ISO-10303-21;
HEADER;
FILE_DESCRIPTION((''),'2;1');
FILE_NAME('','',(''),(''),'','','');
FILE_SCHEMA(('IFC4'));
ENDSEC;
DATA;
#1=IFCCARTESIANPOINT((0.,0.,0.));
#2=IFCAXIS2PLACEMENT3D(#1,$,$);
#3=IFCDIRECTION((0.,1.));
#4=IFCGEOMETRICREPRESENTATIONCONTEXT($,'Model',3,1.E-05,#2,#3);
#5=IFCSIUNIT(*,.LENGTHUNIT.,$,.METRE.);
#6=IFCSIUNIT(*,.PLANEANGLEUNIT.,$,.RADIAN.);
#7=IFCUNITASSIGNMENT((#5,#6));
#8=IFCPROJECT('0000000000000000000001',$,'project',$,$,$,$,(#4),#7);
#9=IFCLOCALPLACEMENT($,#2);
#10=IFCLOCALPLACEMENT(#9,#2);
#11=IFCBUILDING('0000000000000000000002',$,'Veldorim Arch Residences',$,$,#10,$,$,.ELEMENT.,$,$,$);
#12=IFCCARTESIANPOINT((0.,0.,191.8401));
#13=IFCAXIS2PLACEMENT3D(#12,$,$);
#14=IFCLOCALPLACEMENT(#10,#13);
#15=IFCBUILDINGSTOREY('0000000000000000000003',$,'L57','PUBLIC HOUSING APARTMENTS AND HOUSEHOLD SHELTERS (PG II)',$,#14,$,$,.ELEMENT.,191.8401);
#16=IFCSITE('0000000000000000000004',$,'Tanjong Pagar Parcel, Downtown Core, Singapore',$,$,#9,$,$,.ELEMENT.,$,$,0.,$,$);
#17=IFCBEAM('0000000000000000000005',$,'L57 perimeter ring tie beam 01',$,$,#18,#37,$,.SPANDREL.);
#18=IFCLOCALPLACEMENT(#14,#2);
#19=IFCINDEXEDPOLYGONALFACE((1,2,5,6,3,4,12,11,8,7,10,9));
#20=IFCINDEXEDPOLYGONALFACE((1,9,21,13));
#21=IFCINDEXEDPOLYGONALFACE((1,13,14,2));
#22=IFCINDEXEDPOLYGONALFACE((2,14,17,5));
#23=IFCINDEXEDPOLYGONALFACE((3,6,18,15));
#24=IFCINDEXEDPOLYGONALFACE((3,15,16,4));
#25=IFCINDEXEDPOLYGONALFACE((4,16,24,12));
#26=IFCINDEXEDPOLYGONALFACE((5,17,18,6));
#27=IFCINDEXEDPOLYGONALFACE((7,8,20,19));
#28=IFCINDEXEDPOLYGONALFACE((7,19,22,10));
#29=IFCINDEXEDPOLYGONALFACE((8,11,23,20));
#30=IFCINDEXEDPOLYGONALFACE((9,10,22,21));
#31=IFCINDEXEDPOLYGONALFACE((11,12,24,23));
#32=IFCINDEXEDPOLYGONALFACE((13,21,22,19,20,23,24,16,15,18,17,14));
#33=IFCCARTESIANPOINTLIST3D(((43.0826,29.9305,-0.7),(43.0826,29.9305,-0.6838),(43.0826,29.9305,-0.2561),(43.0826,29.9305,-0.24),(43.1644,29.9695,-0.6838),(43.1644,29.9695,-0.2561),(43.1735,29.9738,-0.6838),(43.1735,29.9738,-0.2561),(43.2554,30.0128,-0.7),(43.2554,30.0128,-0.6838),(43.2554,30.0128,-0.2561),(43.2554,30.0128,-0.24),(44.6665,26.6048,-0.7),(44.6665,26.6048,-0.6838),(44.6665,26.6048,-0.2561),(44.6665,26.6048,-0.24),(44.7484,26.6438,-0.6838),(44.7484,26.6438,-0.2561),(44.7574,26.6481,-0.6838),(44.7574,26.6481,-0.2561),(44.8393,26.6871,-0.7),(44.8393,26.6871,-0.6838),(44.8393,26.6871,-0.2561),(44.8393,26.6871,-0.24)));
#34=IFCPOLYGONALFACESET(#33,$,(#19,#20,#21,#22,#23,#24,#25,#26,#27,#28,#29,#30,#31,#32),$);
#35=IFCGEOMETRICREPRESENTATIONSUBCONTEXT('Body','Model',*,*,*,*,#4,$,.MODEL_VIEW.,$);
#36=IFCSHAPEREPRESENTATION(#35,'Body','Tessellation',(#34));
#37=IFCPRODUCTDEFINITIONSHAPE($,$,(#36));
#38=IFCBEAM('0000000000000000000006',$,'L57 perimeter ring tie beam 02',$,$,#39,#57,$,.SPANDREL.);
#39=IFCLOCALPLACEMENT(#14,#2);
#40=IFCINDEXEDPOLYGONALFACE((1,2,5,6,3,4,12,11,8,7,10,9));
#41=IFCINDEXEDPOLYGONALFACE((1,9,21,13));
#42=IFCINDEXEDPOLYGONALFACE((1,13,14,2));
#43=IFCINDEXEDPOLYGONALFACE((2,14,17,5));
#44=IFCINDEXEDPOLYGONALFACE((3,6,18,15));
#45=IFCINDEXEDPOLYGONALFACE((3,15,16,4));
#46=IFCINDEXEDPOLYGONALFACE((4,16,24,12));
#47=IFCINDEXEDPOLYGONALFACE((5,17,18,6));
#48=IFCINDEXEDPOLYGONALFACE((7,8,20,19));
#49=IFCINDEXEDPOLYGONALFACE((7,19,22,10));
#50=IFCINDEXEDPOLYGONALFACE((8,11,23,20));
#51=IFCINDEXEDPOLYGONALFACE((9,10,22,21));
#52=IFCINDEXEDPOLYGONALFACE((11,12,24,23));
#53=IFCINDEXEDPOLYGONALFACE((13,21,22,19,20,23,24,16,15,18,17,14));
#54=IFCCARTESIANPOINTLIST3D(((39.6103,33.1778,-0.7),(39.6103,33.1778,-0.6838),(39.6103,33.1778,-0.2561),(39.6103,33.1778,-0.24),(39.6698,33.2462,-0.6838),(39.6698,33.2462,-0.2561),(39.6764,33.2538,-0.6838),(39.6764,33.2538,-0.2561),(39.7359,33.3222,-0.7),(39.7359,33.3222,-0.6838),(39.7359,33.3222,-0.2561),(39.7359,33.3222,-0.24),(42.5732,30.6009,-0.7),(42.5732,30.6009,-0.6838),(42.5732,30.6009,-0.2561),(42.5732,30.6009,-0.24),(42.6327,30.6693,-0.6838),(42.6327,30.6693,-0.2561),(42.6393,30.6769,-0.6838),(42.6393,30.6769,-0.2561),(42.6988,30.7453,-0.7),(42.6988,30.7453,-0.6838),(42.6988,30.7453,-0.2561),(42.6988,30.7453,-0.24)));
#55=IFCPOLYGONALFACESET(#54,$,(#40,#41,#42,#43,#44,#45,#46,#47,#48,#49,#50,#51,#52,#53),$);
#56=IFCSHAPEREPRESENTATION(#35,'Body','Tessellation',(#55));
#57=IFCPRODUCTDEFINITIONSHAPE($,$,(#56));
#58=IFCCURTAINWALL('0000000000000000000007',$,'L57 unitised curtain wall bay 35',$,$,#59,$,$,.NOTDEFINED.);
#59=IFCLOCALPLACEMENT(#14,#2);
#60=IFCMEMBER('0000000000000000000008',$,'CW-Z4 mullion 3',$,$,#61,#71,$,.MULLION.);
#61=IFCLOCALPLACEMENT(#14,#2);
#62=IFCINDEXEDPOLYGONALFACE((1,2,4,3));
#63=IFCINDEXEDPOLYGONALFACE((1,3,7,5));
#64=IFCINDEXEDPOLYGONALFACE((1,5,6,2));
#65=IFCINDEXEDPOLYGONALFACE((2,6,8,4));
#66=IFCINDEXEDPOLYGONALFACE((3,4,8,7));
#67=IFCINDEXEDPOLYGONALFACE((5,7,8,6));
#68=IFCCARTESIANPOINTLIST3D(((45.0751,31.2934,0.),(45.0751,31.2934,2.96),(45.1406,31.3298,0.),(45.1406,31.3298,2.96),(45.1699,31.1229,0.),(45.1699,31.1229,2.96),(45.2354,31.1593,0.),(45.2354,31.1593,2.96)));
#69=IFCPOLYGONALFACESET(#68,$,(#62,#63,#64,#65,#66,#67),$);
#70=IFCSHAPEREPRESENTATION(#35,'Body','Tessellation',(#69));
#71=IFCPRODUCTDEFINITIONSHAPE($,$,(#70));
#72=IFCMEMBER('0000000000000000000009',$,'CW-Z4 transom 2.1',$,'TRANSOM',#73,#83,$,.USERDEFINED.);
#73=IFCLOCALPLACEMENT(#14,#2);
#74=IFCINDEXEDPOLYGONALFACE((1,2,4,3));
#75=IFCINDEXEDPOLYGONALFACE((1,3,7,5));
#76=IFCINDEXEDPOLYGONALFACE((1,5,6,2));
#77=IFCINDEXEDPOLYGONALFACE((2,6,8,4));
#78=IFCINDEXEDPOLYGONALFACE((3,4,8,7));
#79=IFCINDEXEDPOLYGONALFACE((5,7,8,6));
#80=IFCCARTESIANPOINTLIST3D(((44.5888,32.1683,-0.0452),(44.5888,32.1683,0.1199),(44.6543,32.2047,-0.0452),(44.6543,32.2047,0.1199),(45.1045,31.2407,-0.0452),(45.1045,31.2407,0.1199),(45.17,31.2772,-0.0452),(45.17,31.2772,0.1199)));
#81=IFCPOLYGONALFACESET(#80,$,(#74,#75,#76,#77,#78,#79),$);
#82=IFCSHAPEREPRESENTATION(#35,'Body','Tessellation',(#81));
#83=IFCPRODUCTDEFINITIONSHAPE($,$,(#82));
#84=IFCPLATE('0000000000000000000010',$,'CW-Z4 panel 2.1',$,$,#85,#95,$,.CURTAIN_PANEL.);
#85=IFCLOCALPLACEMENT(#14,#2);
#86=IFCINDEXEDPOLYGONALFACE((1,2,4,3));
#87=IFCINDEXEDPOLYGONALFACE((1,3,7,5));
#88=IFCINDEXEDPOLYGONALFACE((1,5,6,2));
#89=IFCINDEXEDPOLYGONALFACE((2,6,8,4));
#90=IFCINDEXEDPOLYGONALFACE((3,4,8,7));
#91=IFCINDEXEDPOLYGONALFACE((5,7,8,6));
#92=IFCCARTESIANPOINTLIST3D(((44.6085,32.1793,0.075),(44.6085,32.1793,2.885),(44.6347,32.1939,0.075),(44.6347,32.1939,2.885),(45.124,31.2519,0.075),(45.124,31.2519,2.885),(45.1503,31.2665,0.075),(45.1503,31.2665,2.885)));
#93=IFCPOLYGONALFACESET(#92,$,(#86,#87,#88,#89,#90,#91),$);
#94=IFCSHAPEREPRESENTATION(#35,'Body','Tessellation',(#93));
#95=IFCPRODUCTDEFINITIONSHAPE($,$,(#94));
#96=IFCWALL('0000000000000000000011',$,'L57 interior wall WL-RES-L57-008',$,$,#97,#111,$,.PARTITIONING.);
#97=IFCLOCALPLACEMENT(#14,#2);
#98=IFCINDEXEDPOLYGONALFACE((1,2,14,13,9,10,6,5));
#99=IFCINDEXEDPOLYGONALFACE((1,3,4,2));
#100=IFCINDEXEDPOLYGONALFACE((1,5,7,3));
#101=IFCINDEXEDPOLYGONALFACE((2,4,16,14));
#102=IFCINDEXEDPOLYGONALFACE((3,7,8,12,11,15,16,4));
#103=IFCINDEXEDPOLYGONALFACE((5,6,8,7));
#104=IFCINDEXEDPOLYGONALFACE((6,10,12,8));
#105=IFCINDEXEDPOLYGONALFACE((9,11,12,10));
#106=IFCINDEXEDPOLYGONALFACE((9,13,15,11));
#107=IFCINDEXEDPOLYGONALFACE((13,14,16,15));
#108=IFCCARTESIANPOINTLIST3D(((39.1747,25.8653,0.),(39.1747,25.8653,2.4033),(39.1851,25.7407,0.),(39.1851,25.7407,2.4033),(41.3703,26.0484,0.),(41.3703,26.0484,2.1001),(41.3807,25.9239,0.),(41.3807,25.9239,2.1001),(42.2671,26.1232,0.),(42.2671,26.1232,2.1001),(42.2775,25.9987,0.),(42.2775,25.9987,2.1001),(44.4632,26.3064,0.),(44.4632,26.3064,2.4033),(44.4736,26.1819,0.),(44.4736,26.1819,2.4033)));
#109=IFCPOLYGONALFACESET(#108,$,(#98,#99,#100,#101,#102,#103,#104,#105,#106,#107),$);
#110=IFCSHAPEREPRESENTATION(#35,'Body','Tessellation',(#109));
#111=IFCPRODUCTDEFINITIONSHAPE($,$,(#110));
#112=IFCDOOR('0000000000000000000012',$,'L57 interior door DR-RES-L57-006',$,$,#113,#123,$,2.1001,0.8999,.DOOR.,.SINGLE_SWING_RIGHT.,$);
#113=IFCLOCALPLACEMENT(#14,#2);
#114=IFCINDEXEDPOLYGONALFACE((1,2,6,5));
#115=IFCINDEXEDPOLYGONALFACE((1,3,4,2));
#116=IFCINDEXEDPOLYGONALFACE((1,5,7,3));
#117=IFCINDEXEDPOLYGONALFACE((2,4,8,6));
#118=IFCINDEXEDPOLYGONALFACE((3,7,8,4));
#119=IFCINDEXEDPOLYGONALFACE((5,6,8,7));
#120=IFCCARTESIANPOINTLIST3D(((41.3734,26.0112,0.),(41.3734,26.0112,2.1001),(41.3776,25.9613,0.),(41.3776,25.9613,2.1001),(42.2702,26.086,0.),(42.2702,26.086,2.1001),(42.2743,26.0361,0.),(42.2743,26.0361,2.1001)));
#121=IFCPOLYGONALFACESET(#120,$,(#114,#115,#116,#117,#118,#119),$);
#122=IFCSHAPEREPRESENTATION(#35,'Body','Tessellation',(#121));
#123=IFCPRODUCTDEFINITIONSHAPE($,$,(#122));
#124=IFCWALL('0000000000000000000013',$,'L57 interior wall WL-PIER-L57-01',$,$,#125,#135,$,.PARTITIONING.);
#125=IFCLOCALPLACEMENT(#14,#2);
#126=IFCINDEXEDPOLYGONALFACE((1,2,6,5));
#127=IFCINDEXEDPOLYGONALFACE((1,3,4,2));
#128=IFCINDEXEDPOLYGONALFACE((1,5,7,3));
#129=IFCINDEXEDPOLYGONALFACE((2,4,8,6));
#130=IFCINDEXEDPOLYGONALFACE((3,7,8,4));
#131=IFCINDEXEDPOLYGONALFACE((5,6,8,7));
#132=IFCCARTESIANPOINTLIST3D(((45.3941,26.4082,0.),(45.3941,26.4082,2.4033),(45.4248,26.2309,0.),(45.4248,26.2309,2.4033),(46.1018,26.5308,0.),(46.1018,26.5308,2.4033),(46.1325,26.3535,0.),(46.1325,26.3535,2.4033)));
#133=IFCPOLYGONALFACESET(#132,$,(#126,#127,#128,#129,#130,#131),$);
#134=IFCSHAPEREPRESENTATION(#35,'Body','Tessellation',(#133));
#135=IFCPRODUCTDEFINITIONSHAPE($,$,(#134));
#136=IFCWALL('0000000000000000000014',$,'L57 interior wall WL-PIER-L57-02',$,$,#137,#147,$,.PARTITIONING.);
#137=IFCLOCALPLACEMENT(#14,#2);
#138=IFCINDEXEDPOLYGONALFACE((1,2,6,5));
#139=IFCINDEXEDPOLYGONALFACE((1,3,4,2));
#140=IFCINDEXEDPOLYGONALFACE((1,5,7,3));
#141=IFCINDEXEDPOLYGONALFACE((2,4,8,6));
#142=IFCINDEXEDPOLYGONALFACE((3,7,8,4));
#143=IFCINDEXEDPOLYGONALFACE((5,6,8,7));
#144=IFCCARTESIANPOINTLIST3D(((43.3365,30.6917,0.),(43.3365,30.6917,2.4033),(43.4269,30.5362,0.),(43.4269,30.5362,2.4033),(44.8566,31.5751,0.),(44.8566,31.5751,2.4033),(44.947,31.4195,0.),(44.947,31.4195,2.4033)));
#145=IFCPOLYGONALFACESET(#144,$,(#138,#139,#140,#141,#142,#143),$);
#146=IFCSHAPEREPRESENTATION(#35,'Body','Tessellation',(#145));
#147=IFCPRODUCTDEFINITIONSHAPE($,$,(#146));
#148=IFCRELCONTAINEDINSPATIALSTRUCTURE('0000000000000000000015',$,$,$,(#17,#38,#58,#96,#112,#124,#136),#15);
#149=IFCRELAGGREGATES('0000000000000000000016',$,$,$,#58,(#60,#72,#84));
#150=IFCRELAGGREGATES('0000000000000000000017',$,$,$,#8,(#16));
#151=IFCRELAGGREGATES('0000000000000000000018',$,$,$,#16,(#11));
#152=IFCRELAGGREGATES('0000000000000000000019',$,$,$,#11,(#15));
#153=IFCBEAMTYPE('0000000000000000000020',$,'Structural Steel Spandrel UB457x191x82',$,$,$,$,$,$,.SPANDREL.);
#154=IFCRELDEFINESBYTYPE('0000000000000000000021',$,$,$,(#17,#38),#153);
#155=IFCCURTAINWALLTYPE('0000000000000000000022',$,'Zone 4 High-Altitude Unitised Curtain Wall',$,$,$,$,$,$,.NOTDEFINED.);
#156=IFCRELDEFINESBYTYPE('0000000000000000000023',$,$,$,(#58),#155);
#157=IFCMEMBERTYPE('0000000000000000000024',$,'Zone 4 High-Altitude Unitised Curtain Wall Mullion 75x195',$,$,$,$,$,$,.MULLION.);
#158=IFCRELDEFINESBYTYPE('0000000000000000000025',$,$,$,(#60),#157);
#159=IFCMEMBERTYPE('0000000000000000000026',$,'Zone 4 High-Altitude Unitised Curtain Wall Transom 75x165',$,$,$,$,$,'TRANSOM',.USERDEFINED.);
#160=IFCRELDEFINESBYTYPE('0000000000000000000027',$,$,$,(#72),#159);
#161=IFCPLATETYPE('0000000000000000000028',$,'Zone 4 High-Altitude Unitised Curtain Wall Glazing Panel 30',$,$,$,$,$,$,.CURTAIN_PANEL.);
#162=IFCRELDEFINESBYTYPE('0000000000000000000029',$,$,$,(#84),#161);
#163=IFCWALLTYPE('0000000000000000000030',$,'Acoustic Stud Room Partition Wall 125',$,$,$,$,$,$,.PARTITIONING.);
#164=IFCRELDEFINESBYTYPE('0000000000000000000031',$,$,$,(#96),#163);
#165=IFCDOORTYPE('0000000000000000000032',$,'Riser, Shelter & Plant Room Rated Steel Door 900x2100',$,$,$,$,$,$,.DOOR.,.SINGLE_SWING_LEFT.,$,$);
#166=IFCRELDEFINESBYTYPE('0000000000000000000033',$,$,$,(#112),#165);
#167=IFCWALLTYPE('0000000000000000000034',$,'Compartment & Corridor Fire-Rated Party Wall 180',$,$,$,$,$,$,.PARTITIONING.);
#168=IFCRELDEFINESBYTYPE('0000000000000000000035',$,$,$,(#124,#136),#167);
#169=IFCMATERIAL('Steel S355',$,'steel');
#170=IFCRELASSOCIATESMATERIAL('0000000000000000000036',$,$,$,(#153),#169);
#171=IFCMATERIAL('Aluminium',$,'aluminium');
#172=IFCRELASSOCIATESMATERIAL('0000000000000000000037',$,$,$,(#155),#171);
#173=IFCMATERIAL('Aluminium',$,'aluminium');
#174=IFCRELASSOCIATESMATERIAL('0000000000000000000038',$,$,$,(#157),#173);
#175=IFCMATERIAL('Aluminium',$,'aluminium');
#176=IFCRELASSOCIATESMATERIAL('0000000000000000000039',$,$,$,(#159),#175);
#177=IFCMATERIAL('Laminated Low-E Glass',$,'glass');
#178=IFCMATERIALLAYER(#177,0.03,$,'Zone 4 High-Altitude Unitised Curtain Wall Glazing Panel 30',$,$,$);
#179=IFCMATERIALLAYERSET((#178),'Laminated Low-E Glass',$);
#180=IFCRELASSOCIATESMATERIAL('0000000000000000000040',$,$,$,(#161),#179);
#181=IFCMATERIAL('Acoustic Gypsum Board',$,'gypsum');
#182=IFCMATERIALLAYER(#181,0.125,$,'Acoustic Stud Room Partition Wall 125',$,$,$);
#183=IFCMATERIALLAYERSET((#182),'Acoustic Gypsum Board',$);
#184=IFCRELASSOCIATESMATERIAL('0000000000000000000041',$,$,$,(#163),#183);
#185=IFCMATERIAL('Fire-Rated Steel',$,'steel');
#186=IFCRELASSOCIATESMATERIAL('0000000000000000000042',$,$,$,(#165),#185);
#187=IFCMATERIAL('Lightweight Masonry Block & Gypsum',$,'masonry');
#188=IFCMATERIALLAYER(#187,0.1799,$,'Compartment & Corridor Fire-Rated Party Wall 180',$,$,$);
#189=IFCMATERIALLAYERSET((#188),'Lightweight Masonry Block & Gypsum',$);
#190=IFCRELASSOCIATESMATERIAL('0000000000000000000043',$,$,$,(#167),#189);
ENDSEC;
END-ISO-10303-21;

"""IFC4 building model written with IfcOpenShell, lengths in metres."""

from ifc_helpers import new_model, si_unit, direction, frame, frame_2d, origin, origin_2d, place, context, subcontext, project, spatial, rectangle, i_section, extrude, material, layer, layer_set, material_profile, profile_set, type_object, element, fill, aggregate, save


model = new_model("IFC4")

# Units and contexts
model_context = context("Model", 3, precision=1e-05, world=origin(), true_north=direction((0.0, 1.0)))
body_context = subcontext(model_context, "Body", "Model", "MODEL_VIEW")
ifc_project = project(units=[si_unit("LENGTHUNIT", "METRE"), si_unit("PLANEANGLEUNIT", "RADIAN")], contexts=[model_context])

# Site, building, storey
site_placement = place(None, origin())
site = spatial("IfcSite", under=ifc_project, at=site_placement, Name="Tanjong Pagar Parcel, Downtown Core, Singapore", CompositionType="ELEMENT", RefElevation=0.0)
building_placement = place(site_placement, origin())
building = spatial("IfcBuilding", under=site, at=building_placement, Name="Veldorim Arch Residences", CompositionType="ELEMENT")
storey_placement = place(building_placement, frame((0.0, 0.0, 191.8401)))
storey = spatial("IfcBuildingStorey", under=building, at=storey_placement, Name="L57", Description="PUBLIC HOUSING APARTMENTS AND HOUSEHOLD SHELTERS (PG II)", CompositionType="ELEMENT", Elevation=191.8401)

# Beams
ifc_material_1 = material(Name="Steel S355", Category="steel")
ifc_material_profile_1 = material_profile(ifc_material_1, i_section(OverallWidth=0.1914, OverallDepth=0.46, WebThickness=0.01, FlangeThickness=0.0161, at=origin_2d()), Name="UB457x191x82")
ifc_profile_set_1 = profile_set([ifc_material_profile_1], Name="Steel S355")
beam_type_1 = type_object("IfcBeamType", Name="Structural Steel Spandrel UB457x191x82", PredefinedType="SPANDREL", material=ifc_profile_set_1)
beam_1_placement = place(storey_placement, frame((44.7529, 26.646, -0.47), z_axis=(-0.430006, 0.902826, 0.0), x_axis=(-0.902826, -0.430006, 0.0)))
element("IfcBeam", 1, at=beam_1_placement, inside=storey, type_object=beam_type_1, Name="L57 perimeter ring tie beam 01", PredefinedType="SPANDREL", context=body_context, shape_type="SweptSolid", body=[
    extrude(i_section(OverallWidth=0.1914, OverallDepth=0.46, WebThickness=0.01, FlangeThickness=0.0161, at=origin_2d()), origin(), (0.0, 0.0, 1.0), 3.6836),
])
beam_2_placement = place(storey_placement, frame((42.636, 30.6731, -0.47), z_axis=(-0.754545, 0.656248, 0.0), x_axis=(-0.656248, -0.754545, 0.0)))
element("IfcBeam", 2, at=beam_2_placement, inside=storey, type_object=beam_type_1, Name="L57 perimeter ring tie beam 02", PredefinedType="SPANDREL", context=body_context, shape_type="SweptSolid", body=[
    extrude(i_section(OverallWidth=0.1914, OverallDepth=0.46, WebThickness=0.01, FlangeThickness=0.0161, at=origin_2d()), origin(), (0.0, 0.0, 1.0), 3.9268),
])

# Curtain wall, members, plate
ifc_material_2 = material(Name="Aluminium", Category="aluminium")
curtain_wall_type = type_object("IfcCurtainWallType", Name="Zone 4 High-Altitude Unitised Curtain Wall", PredefinedType="NOTDEFINED", material=ifc_material_2)
curtain_wall_placement = place(storey_placement, origin())
curtain_wall = element("IfcCurtainWall", 3, at=curtain_wall_placement, inside=storey, type_object=curtain_wall_type, Name="L57 unitised curtain wall bay 35", PredefinedType="NOTDEFINED")
ifc_material_3 = material(Name="Aluminium", Category="aluminium")
ifc_material_profile_2 = material_profile(ifc_material_3, rectangle(XDim=0.075, YDim=0.1951, at=origin_2d()), Name="ALU_MUL_75x195")
ifc_profile_set_2 = profile_set([ifc_material_profile_2], Name="Aluminium")
member_type_1 = type_object("IfcMemberType", Name="Zone 4 High-Altitude Unitised Curtain Wall Mullion 75x195", PredefinedType="MULLION", material=ifc_profile_set_2)
member_1_placement = place(storey_placement, frame((45.1553, 31.2263, 0.0), z_axis=(0.0, 0.0, 1.0), x_axis=(0.874023, 0.485885, 0.0)))
member_1 = element("IfcMember", 4, at=member_1_placement, type_object=member_type_1, Name="CW-Z4 mullion 3", PredefinedType="MULLION", context=body_context, shape_type="SweptSolid", body=[
    extrude(rectangle(XDim=0.075, YDim=0.1951, at=origin_2d()), origin(), (0.0, 0.0, 1.0), 2.96),
])
ifc_material_4 = material(Name="Aluminium", Category="aluminium")
ifc_material_profile_3 = material_profile(ifc_material_4, rectangle(XDim=0.075, YDim=0.165, at=origin_2d()), Name="ALU_TRN_75x165")
ifc_profile_set_3 = profile_set([ifc_material_profile_3], Name="Aluminium")
member_type_2 = type_object("IfcMemberType", Name="Zone 4 High-Altitude Unitised Curtain Wall Transom 75x165", ElementType="TRANSOM", PredefinedType="USERDEFINED", material=ifc_profile_set_3)
member_2_placement = place(storey_placement, frame((44.6216, 32.1865, 0.0374), z_axis=(0.485897, -0.874016, 0.0), x_axis=(0.874016, 0.485897, 0.0)))
member_2 = element("IfcMember", 5, at=member_2_placement, type_object=member_type_2, Name="CW-Z4 transom 2.1", ObjectType="TRANSOM", PredefinedType="USERDEFINED", context=body_context, shape_type="SweptSolid", body=[
    extrude(rectangle(XDim=0.075, YDim=0.165, at=origin_2d()), origin(), (0.0, 0.0, 1.0), 1.0613),
])
ifc_material_5 = material(Name="Laminated Low-E Glass", Category="glass")
ifc_layer_1 = layer(ifc_material_5, 0.03, Name="Zone 4 High-Altitude Unitised Curtain Wall Glazing Panel 30")
ifc_layer_set_1 = layer_set([ifc_layer_1], Name="Laminated Low-E Glass")
plate_type = type_object("IfcPlateType", Name="Zone 4 High-Altitude Unitised Curtain Wall Glazing Panel 30", PredefinedType="CURTAIN_PANEL", material=ifc_layer_set_1)
plate_placement = place(storey_placement, frame((44.8794, 31.7229, 0.075), z_axis=(0.0, 0.0, 1.0), x_axis=(0.485885, -0.874023, 0.0)))
plate = element("IfcPlate", 6, at=plate_placement, type_object=plate_type, Name="CW-Z4 panel 2.1", PredefinedType="CURTAIN_PANEL", context=body_context, shape_type="SweptSolid", body=[
    extrude(rectangle(XDim=1.061, YDim=0.03, at=origin_2d()), origin(), (0.0, 0.0, 1.0), 2.8101),
])
aggregate(curtain_wall, [member_1, member_2, plate])

# Wall, opening, door
ifc_material_6 = material(Name="Acoustic Gypsum Board", Category="gypsum")
ifc_layer_2 = layer(ifc_material_6, 0.125, Name="Acoustic Stud Room Partition Wall 125")
ifc_layer_set_2 = layer_set([ifc_layer_2], Name="Acoustic Gypsum Board")
wall_type_1 = type_object("IfcWallType", Name="Acoustic Stud Room Partition Wall 125", PredefinedType="PARTITIONING", material=ifc_layer_set_2)
wall_1_placement = place(storey_placement, frame((44.4683, 26.2441, 0.0), z_axis=(0.0, 0.0, 1.0), x_axis=(-0.996539, -0.083129, 0.0)))
wall_1 = element("IfcWall", 7, at=wall_1_placement, inside=storey, type_object=wall_type_1, Name="L57 interior wall WL-RES-L57-008", PredefinedType="PARTITIONING", context=body_context, shape_type="SweptSolid", body=[
    extrude(rectangle(XDim=5.3069, YDim=0.125, at=frame_2d((2.6533, 0.0))), origin(), (0.0, 0.0, 1.0), 2.4033),
])
opening_1_placement = place(wall_1_placement, frame((2.2036, 0.0, 0.0)))
opening_1 = element("IfcOpeningElement", 8, at=opening_1_placement, cuts=wall_1, PredefinedType="OPENING", context=body_context, shape_type="SweptSolid", body=[
    extrude(rectangle(XDim=0.8999, YDim=2.1001, at=frame_2d((0.45, 1.05))), frame((0.0, 0.0725, 0.0), z_axis=(0.0, -1.0, 0.0), x_axis=(1.0, 0.0, 0.0)), (0.0, 0.0, 1.0), 0.145),
])
ifc_material_7 = material(Name="Fire-Rated Steel", Category="steel")
door_type = type_object("IfcDoorType", Name="Riser, Shelter & Plant Room Rated Steel Door 900x2100", OperationType="SINGLE_SWING_LEFT", PredefinedType="DOOR", material=ifc_material_7)
door_placement = place(opening_1_placement, origin())
door = element("IfcDoor", 9, at=door_placement, inside=storey, type_object=door_type, Name="L57 interior door DR-RES-L57-006", OperationType="SINGLE_SWING_RIGHT", OverallHeight=2.1001, OverallWidth=0.8999, PredefinedType="DOOR", context=body_context, shape_type="SweptSolid", body=[
    extrude(rectangle(XDim=0.8999, YDim=2.1001, at=frame_2d((0.45, 1.05))), frame((0.0, 0.0249, 0.0), z_axis=(0.0, -1.0, 0.0), x_axis=(1.0, 0.0, 0.0)), (0.0, 0.0, 1.0), 0.05),
])
fill(opening_1, door)

# Walls
ifc_material_8 = material(Name="Lightweight Masonry Block & Gypsum", Category="masonry")
ifc_layer_3 = layer(ifc_material_8, 0.1799, Name="Compartment & Corridor Fire-Rated Party Wall 180")
ifc_layer_set_3 = layer_set([ifc_layer_3], Name="Lightweight Masonry Block & Gypsum")
wall_type_2 = type_object("IfcWallType", Name="Compartment & Corridor Fire-Rated Party Wall 180", PredefinedType="PARTITIONING", material=ifc_layer_set_3)
wall_2_placement = place(storey_placement, frame((45.4094, 26.3196, 0.0), z_axis=(0.0, 0.0, 1.0), x_axis=(0.985336, 0.170624, 0.0)))
element("IfcWall", 10, at=wall_2_placement, inside=storey, type_object=wall_type_2, Name="L57 interior wall WL-PIER-L57-01", PredefinedType="PARTITIONING", context=body_context, shape_type="SweptSolid", body=[
    extrude(rectangle(XDim=0.7183, YDim=0.1799, at=frame_2d((0.3591, 0.0))), origin(), (0.0, 0.0, 1.0), 2.4033),
])
wall_3_placement = place(storey_placement, frame((43.3818, 30.614, 0.0), z_axis=(0.0, 0.0, 1.0), x_axis=(0.864614, 0.502437, 0.0)))
element("IfcWall", 11, at=wall_3_placement, inside=storey, type_object=wall_type_2, Name="L57 interior wall WL-PIER-L57-02", PredefinedType="PARTITIONING", context=body_context, shape_type="SweptSolid", body=[
    extrude(rectangle(XDim=1.7581, YDim=0.1799, at=frame_2d((0.8789, 0.0))), origin(), (0.0, 0.0, 1.0), 2.4033),
])

save(model, "model.ifc")
